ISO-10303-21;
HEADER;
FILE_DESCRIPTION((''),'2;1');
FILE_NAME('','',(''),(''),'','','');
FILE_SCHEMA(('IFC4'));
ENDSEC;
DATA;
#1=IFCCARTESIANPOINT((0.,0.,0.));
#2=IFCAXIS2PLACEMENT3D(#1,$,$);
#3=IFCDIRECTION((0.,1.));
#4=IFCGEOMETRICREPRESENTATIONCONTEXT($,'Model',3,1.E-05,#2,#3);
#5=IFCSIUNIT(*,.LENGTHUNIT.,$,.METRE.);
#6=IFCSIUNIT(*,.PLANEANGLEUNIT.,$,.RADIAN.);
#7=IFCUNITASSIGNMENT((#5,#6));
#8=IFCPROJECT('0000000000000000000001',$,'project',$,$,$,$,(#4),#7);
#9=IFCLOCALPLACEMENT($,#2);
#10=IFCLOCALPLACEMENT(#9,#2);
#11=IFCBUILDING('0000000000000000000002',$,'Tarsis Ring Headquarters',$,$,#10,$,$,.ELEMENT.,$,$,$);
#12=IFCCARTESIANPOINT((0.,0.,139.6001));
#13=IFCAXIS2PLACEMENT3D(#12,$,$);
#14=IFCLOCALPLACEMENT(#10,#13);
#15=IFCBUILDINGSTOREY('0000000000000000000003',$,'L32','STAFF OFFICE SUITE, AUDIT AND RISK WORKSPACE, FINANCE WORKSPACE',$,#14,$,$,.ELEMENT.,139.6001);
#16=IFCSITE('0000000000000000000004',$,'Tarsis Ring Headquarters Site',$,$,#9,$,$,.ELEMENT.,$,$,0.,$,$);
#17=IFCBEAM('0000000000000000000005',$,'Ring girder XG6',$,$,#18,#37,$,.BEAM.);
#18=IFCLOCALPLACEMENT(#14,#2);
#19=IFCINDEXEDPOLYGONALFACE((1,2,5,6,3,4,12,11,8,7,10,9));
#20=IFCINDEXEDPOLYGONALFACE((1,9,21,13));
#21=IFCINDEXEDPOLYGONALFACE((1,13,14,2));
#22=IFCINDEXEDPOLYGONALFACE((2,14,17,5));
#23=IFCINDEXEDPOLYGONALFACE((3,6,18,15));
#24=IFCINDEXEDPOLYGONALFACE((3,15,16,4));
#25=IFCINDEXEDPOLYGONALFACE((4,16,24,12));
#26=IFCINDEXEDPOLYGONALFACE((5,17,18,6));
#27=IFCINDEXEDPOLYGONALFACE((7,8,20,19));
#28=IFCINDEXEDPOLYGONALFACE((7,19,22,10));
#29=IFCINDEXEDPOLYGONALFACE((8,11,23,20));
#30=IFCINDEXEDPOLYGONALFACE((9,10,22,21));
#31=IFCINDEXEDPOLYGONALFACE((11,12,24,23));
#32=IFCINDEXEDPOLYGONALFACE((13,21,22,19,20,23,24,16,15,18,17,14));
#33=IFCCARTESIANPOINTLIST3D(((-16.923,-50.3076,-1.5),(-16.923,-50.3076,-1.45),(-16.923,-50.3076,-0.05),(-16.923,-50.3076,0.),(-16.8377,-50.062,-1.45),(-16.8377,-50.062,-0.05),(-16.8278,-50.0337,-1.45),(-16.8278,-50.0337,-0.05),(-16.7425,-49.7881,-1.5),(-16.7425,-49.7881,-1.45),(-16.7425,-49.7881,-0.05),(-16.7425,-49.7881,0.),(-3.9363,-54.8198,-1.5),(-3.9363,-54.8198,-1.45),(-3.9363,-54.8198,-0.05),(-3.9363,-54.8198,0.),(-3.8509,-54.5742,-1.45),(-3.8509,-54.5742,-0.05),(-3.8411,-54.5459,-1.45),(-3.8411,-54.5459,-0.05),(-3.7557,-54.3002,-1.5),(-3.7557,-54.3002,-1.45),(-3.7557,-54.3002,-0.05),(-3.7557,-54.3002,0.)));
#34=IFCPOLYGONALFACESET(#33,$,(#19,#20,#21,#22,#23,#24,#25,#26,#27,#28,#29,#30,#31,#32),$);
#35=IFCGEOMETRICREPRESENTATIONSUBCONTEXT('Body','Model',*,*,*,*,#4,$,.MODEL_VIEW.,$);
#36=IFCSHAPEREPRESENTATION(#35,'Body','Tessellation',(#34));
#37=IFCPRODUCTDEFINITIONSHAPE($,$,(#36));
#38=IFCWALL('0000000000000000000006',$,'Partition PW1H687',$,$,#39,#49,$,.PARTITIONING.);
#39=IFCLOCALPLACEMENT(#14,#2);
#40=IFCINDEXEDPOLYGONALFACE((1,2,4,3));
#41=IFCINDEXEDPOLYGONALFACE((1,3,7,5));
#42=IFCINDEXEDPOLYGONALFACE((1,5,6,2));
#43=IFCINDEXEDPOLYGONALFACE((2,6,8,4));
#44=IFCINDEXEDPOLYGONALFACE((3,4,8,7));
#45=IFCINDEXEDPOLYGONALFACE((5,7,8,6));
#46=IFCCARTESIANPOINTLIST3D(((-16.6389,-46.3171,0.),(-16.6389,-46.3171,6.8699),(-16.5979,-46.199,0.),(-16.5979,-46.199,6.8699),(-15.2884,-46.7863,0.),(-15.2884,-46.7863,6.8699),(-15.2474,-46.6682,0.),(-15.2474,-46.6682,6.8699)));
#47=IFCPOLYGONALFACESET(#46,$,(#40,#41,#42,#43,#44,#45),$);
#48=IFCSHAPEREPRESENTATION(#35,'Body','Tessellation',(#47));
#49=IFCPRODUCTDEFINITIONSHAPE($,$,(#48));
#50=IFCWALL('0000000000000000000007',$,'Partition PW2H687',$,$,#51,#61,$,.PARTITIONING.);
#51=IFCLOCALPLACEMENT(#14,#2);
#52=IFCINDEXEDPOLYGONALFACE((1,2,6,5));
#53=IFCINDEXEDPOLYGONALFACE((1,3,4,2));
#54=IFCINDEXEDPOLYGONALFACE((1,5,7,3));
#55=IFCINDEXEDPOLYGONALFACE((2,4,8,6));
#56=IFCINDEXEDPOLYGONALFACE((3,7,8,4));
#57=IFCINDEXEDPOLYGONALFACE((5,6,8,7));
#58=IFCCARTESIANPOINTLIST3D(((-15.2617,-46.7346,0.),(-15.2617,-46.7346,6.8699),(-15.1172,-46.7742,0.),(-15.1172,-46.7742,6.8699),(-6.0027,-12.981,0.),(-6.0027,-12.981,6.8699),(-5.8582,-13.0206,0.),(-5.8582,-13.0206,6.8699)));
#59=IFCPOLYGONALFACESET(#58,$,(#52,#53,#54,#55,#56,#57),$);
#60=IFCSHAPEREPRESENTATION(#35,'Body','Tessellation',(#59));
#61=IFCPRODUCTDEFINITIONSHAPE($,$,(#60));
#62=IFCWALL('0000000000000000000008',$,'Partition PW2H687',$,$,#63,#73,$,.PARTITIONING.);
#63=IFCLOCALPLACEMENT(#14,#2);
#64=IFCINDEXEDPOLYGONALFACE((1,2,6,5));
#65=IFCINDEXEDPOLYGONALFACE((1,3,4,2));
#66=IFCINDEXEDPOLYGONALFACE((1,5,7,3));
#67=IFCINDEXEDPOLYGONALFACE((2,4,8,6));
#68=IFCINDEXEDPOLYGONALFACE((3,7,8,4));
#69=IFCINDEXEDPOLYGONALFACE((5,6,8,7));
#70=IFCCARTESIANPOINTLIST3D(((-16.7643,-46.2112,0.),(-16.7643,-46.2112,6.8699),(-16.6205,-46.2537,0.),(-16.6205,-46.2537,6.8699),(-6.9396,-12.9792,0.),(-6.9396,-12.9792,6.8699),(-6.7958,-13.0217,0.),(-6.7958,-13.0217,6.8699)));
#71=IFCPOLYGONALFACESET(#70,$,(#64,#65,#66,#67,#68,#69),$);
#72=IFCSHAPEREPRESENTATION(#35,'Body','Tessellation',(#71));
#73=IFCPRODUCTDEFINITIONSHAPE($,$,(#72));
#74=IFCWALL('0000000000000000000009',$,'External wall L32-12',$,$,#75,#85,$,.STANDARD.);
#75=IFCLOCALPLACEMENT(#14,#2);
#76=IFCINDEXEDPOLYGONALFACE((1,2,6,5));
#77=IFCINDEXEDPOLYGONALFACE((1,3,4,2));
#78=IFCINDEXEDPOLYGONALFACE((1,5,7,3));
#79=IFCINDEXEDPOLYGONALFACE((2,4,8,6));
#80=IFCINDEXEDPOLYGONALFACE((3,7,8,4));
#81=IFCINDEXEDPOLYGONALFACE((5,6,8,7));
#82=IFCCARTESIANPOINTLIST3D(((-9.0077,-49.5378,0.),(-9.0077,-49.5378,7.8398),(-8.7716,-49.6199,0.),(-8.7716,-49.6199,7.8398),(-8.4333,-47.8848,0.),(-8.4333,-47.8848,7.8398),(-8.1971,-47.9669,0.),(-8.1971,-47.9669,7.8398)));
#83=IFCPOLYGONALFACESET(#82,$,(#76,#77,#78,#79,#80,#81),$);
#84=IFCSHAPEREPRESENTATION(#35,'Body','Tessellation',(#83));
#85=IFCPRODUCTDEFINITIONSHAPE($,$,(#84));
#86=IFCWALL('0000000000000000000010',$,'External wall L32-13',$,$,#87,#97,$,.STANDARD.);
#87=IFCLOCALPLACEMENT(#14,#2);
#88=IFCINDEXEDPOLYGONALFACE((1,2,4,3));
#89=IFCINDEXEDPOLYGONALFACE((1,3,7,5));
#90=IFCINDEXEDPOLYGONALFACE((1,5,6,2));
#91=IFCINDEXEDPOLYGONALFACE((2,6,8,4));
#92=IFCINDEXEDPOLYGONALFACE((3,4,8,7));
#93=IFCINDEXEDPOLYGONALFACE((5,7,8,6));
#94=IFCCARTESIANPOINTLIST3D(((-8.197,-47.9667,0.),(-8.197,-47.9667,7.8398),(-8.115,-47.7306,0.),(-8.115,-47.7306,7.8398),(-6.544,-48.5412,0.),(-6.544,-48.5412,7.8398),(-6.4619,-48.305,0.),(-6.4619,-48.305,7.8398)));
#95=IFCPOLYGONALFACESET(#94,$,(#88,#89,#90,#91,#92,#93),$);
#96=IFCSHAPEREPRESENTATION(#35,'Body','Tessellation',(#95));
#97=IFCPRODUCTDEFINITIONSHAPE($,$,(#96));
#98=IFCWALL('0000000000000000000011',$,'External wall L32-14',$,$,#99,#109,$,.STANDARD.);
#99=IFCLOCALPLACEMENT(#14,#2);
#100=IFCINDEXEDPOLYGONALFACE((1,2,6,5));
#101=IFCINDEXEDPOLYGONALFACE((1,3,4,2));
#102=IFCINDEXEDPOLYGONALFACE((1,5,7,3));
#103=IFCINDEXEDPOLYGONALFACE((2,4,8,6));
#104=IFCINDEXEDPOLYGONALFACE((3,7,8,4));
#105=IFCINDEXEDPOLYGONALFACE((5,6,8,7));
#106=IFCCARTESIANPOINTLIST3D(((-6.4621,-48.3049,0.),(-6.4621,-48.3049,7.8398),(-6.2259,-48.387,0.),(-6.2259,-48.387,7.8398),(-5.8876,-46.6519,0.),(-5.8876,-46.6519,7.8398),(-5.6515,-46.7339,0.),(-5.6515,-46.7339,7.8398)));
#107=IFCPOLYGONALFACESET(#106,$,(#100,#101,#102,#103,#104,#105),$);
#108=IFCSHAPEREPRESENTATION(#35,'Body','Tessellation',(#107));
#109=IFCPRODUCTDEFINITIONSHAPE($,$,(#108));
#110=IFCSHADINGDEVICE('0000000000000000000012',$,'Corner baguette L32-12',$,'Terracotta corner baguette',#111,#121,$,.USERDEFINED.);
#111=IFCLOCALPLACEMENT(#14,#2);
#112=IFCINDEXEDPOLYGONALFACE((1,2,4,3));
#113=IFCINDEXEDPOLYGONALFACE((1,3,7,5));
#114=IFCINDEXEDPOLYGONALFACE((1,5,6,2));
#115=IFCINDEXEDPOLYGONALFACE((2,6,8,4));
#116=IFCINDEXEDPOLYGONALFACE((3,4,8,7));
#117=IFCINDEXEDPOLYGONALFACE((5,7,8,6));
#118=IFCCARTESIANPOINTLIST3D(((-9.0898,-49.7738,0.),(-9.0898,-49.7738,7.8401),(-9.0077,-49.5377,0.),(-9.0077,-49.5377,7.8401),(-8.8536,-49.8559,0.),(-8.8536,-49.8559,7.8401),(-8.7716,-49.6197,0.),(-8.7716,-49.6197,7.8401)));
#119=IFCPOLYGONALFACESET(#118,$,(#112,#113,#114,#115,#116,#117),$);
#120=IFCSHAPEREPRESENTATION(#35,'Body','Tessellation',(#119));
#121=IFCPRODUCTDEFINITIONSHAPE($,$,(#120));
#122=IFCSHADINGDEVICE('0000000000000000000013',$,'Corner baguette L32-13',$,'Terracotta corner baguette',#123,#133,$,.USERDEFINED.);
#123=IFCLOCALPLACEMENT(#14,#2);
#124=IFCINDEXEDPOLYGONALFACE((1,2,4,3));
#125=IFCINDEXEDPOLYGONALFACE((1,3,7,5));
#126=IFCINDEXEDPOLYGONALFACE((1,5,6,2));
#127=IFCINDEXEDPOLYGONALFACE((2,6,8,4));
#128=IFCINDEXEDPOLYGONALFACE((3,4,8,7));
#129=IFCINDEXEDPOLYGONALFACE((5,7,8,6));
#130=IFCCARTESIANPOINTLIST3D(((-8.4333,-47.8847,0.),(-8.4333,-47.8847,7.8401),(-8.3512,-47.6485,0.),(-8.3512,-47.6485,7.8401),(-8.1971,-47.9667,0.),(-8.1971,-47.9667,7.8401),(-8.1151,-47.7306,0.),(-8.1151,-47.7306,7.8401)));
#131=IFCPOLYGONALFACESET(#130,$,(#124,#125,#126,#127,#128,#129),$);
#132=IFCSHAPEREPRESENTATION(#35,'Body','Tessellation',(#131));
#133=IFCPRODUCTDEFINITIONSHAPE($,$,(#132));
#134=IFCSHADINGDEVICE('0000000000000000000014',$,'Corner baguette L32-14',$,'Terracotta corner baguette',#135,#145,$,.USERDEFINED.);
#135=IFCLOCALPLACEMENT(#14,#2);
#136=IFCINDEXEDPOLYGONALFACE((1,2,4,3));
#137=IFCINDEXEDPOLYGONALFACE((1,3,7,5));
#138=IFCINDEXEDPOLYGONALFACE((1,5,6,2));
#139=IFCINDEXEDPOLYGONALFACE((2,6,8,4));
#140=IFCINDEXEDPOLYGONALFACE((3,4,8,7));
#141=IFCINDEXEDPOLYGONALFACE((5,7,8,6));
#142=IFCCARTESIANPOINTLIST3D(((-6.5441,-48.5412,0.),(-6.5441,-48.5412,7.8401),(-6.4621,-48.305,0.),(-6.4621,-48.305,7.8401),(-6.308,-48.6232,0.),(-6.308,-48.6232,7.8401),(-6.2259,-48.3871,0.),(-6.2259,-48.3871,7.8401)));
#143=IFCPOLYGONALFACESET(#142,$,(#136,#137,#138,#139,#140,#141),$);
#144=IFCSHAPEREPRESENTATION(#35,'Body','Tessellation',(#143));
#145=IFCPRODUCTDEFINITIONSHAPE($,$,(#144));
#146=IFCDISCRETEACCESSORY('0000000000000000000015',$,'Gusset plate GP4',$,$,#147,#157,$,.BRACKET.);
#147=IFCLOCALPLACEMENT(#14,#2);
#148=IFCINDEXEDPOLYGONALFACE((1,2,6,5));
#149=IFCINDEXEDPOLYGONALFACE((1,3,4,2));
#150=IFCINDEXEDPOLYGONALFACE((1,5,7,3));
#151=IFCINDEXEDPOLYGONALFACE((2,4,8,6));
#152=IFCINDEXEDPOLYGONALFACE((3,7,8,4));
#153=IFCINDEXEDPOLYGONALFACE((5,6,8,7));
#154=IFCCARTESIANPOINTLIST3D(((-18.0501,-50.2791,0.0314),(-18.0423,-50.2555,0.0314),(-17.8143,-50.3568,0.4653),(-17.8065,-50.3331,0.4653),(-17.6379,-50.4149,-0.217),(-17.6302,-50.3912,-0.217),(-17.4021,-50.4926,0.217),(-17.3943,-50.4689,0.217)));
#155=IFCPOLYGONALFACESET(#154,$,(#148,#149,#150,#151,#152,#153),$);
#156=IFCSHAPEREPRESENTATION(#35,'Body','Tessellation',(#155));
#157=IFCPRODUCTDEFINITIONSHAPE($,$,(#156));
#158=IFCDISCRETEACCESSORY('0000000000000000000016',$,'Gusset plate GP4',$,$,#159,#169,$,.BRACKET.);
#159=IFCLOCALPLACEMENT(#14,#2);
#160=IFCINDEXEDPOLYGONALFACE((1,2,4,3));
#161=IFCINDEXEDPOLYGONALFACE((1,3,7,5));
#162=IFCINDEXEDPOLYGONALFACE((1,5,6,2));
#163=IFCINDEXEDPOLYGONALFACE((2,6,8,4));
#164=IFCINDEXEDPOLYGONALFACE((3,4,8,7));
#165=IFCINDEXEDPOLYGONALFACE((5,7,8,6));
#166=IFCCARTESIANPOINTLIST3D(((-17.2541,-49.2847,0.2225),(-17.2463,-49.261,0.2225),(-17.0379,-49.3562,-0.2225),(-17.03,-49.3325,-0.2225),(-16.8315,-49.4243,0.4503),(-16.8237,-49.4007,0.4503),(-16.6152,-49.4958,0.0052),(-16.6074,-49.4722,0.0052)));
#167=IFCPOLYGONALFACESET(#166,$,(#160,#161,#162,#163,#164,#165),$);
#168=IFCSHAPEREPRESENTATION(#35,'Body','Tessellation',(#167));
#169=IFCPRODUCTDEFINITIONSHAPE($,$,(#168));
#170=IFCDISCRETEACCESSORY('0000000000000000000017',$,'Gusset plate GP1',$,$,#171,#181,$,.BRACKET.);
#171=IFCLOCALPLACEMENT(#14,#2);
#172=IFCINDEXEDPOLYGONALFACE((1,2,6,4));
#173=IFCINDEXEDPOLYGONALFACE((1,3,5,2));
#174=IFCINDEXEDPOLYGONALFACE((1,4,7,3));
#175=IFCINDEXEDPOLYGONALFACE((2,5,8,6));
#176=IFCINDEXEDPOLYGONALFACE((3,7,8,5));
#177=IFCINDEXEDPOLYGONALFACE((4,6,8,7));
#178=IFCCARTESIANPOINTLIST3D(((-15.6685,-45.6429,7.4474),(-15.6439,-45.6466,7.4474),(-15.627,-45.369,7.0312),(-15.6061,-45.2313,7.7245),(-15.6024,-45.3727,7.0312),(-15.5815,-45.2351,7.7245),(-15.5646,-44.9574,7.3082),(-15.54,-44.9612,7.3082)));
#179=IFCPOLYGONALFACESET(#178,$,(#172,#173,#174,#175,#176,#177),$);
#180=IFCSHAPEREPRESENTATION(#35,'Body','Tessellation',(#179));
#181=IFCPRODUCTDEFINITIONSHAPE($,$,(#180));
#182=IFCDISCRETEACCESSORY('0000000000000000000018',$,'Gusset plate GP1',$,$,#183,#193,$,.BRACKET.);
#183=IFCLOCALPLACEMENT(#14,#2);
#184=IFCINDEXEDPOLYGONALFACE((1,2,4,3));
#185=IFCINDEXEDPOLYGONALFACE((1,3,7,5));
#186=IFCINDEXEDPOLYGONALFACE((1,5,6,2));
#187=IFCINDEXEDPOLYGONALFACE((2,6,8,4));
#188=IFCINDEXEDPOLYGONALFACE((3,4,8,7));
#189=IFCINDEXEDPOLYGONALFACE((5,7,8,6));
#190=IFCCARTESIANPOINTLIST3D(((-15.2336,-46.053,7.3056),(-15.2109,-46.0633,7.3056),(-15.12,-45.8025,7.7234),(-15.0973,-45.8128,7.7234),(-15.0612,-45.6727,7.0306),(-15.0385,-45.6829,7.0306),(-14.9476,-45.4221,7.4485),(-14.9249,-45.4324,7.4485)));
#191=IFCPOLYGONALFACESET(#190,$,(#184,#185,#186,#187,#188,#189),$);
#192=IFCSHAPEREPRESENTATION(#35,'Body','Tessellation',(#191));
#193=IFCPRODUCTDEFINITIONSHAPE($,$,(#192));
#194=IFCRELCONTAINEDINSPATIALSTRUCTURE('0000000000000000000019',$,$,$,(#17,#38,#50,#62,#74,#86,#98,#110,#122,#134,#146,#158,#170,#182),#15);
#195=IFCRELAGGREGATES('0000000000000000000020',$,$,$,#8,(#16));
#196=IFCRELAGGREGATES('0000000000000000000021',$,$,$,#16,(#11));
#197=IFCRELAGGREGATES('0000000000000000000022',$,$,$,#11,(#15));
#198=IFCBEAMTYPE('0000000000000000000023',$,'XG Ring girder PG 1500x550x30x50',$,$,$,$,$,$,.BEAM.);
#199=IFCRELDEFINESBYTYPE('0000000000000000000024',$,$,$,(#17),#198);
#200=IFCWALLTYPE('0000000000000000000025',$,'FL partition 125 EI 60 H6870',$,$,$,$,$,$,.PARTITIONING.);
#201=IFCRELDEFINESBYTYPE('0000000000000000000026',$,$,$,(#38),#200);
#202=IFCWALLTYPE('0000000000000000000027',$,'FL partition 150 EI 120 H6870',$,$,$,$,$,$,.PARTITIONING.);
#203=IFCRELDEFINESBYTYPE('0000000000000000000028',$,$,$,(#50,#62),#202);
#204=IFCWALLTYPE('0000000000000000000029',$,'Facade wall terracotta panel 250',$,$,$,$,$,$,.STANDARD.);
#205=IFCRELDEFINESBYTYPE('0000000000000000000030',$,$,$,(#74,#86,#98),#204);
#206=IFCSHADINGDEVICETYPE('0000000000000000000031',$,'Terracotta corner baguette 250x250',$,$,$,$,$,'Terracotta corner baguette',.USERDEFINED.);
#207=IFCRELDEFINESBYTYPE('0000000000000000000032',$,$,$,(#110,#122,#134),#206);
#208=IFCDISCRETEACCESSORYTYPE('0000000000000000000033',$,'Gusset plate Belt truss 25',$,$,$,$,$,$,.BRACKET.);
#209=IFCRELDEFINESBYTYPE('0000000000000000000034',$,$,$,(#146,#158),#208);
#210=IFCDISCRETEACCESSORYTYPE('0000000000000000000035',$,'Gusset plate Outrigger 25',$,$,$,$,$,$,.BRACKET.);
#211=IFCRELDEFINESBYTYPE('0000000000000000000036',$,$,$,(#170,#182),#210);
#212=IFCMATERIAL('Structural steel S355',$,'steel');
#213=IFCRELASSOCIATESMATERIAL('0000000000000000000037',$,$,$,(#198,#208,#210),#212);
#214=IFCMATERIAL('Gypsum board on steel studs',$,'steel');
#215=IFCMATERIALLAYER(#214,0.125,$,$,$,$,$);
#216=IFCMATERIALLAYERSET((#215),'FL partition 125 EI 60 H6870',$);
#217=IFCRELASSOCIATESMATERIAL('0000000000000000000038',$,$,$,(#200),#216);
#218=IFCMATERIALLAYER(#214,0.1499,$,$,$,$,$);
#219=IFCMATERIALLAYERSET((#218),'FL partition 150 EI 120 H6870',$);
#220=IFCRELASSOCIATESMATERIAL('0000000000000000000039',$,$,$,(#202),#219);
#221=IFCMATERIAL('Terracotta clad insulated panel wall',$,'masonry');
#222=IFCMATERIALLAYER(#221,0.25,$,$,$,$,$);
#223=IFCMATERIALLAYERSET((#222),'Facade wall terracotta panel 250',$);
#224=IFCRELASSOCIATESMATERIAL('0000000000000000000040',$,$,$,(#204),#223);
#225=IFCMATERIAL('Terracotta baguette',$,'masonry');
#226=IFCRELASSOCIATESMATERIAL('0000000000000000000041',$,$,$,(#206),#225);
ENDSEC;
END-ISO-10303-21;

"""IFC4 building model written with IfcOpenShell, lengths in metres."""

from ifc_helpers import new_model, si_unit, direction, frame, frame_2d, origin, origin_2d, place, context, subcontext, project, spatial, rectangle, i_section, extrude, material, layer, layer_set, material_profile, profile_set, type_object, element, save


model = new_model("IFC4")

# Units and contexts
model_context = context("Model", 3, precision=1e-05, world=origin(), true_north=direction((0.0, 1.0)))
body_context = subcontext(model_context, "Body", "Model", "MODEL_VIEW")
ifc_project = project(units=[si_unit("LENGTHUNIT", "METRE"), si_unit("PLANEANGLEUNIT", "RADIAN")], contexts=[model_context])

# Site, building, storey
site_placement = place(None, origin())
site = spatial("IfcSite", under=ifc_project, at=site_placement, Name="Tarsis Ring Headquarters Site", CompositionType="ELEMENT", RefElevation=0.0)
building_placement = place(site_placement, origin())
building = spatial("IfcBuilding", under=site, at=building_placement, Name="Tarsis Ring Headquarters", CompositionType="ELEMENT")
storey_placement = place(building_placement, frame((0.0, 0.0, 139.6001)))
storey = spatial("IfcBuildingStorey", under=building, at=storey_placement, Name="L32", Description="STAFF OFFICE SUITE, AUDIT AND RISK WORKSPACE, FINANCE WORKSPACE", CompositionType="ELEMENT", Elevation=139.6001)

# Shared definitions
ifc_material_1 = material(Name="Structural steel S355", Category="steel")

# Beam
ifc_material_profile_1 = material_profile(ifc_material_1, i_section(OverallWidth=0.55, OverallDepth=1.5, WebThickness=0.03, FlangeThickness=0.05, at=origin_2d()), Name="PG 1500x550x30x50")
ifc_profile_set_1 = profile_set([ifc_material_profile_1], Name="Structural steel S355")
beam_type = type_object("IfcBeamType", Name="XG Ring girder PG 1500x550x30x50", PredefinedType="BEAM", material=ifc_profile_set_1)
beam_1_placement = place(storey_placement, frame((-16.8328, -50.0479, -0.75), z_axis=(0.944608, -0.3282, 0.0), x_axis=(0.3282, 0.944608, 0.0)))
element("IfcBeam", 1, at=beam_1_placement, inside=storey, type_object=beam_type, Name="Ring girder XG6", PredefinedType="BEAM", context=body_context, shape_type="SweptSolid", body=[
    extrude(i_section(OverallWidth=0.55, OverallDepth=1.5, WebThickness=0.03, FlangeThickness=0.05, at=origin_2d()), origin(), (0.0, 0.0, 1.0), 13.7483),
])

# Walls
ifc_material_2 = material(Name="Gypsum board on steel studs", Category="steel")
ifc_layer_1 = layer(ifc_material_2, 0.125)
ifc_layer_set_1 = layer_set([ifc_layer_1], Name="FL partition 125 EI 60 H6870")
wall_type_1 = type_object("IfcWallType", Name="FL partition 125 EI 60 H6870", PredefinedType="PARTITIONING", material=ifc_layer_set_1)
wall_1_placement = place(storey_placement, frame((-16.6184, -46.2581, 0.0), z_axis=(0.0, 0.0, 1.0), x_axis=(0.944612, -0.328189, 0.0)))
element("IfcWall", 2, at=wall_1_placement, inside=storey, type_object=wall_type_1, Name="Partition PW1H687", PredefinedType="PARTITIONING", context=body_context, shape_type="SweptSolid", body=[
    extrude(rectangle(XDim=1.4297, YDim=0.125, at=frame_2d((0.7148, 0.0))), origin(), (0.0, 0.0, 1.0), 6.8699),
])
ifc_layer_2 = layer(ifc_material_2, 0.1499)
ifc_layer_set_2 = layer_set([ifc_layer_2], Name="FL partition 150 EI 120 H6870")
wall_type_2 = type_object("IfcWallType", Name="FL partition 150 EI 120 H6870", PredefinedType="PARTITIONING", material=ifc_layer_set_2)
wall_2_placement = place(storey_placement, frame((-15.1895, -46.7544, 0.0), z_axis=(0.0, 0.0, 1.0), x_axis=(0.26454, 0.964375, 0.0)))
element("IfcWall", 3, at=wall_2_placement, inside=storey, type_object=wall_type_2, Name="Partition PW2H687", PredefinedType="PARTITIONING", context=body_context, shape_type="SweptSolid", body=[
    extrude(rectangle(XDim=35.0005, YDim=0.1499, at=frame_2d((17.5002, 0.0))), origin(), (0.0, 0.0, 1.0), 6.8699),
])
wall_3_placement = place(storey_placement, frame((-16.6924, -46.2324, 0.0), z_axis=(0.0, 0.0, 1.0), x_axis=(0.28351, 0.958969, 0.0)))
element("IfcWall", 4, at=wall_3_placement, inside=storey, type_object=wall_type_2, Name="Partition PW2H687", PredefinedType="PARTITIONING", context=body_context, shape_type="SweptSolid", body=[
    extrude(rectangle(XDim=34.6538, YDim=0.1499, at=frame_2d((17.3269, 0.0))), origin(), (0.0, 0.0, 1.0), 6.8699),
])
ifc_material_3 = material(Name="Terracotta clad insulated panel wall", Category="masonry")
ifc_layer_3 = layer(ifc_material_3, 0.25)
ifc_layer_set_3 = layer_set([ifc_layer_3], Name="Facade wall terracotta panel 250")
wall_type_3 = type_object("IfcWallType", Name="Facade wall terracotta panel 250", PredefinedType="STANDARD", material=ifc_layer_set_3)
for number, where, z_axis, x_axis, name in (
    (5, (-8.8896, -49.5789, 0.0), (0.0, 0.0, 1.0), (0.328255, 0.944589, 0.0), "External wall L32-12"),
    (6, (-8.156, -47.8486, 0.0), (0.0, 0.0, 1.0), (0.944589, -0.328255, 0.0), "External wall L32-13"),
    (7, (-6.344, -48.3459, 0.0), (0.0, 0.0, 1.0), (0.328255, 0.944589, 0.0), "External wall L32-14"),
):
    element("IfcWall", number, at=place(storey_placement, frame(where, z_axis=z_axis, x_axis=x_axis)), inside=storey, type_object=wall_type_3, Name=name, PredefinedType="STANDARD", context=body_context, shape_type="SweptSolid", body=[
        extrude(rectangle(XDim=1.75, YDim=0.25, at=frame_2d((0.875, 0.0))), origin(), (0.0, 0.0, 1.0), 7.8398),
    ])

# Shading devices
ifc_material_4 = material(Name="Terracotta baguette", Category="masonry")
shading_device_type_1 = type_object("IfcShadingDeviceType", Name="Terracotta corner baguette 250x250", ElementType="Terracotta corner baguette", PredefinedType="USERDEFINED", material=ifc_material_4)
for number, where, z_axis, x_axis, name in (
    (8, (-8.9307, -49.6968, 0.0), (0.0, 0.0, 1.0), (0.944606, -0.328207, 0.0), "Corner baguette L32-12"),
    (9, (-8.2742, -47.8076, 0.0), (0.0, 0.0, 1.0), (0.328208, 0.944606, 0.0), "Corner baguette L32-13"),
    (10, (-6.385, -48.4641, 0.0), (0.0, 0.0, 1.0), (0.944606, -0.328207, 0.0), "Corner baguette L32-14"),
):
    element("IfcShadingDevice", number, at=place(storey_placement, frame(where, z_axis=z_axis, x_axis=x_axis)), inside=storey, type_object=shading_device_type_1, Name=name, ObjectType="Terracotta corner baguette", PredefinedType="USERDEFINED", context=body_context, shape_type="SweptSolid", body=[
        extrude(rectangle(XDim=0.25, YDim=0.25, at=origin_2d()), origin(), (0.0, 0.0, 1.0), 7.8401),
    ])

# Discrete accessories
ifc_material_profile_2 = material_profile(ifc_material_1, rectangle(XDim=0.0249, YDim=0.5, at=origin_2d()), Name="PL 25x500")
ifc_profile_set_2 = profile_set([ifc_material_profile_2], Name="Structural steel S355")
discrete_accessory_type_1 = type_object("IfcDiscreteAccessoryType", Name="Gusset plate Belt truss 25", PredefinedType="BRACKET", material=ifc_profile_set_2)
for number, where, z_axis, x_axis, name in (
    (11, (-17.5161, -50.4419, 0.0), (-0.82437, 0.271534, 0.496673), (-0.31285, -0.949803, 0.0), "Gusset plate GP4"),
    (12, (-17.1421, -49.3086, 0.0), (0.845242, -0.279306, 0.455581), (0.313758, 0.949503, 0.0), "Gusset plate GP4"),
):
    element("IfcDiscreteAccessory", number, at=place(storey_placement, frame(where, z_axis=z_axis, x_axis=x_axis)), inside=storey, type_object=discrete_accessory_type_1, Name=name, PredefinedType="BRACKET", context=body_context, shape_type="SweptSolid", body=[
        extrude(rectangle(XDim=0.0249, YDim=0.5, at=origin_2d()), origin(), (0.0, 0.0, 1.0), 0.5),
    ])
discrete_accessory_type_2 = type_object("IfcDiscreteAccessoryType", Name="Gusset plate Outrigger 25", PredefinedType="BRACKET", material=ifc_profile_set_2)
discrete_accessory_1_placement = place(storey_placement, frame((-15.625, -45.439, 7.5859), z_axis=(0.083003, 0.547819, -0.832469), x_axis=(-0.988716, 0.149805, 0.0)))
element("IfcDiscreteAccessory", 13, at=discrete_accessory_1_placement, inside=storey, type_object=discrete_accessory_type_2, Name="Gusset plate GP1", PredefinedType="BRACKET", context=body_context, shape_type="SweptSolid", body=[
    extrude(rectangle(XDim=0.0249, YDim=0.5, at=origin_2d()), origin(), (0.0, 0.0, 1.0), 0.5),
])
discrete_accessory_2_placement = place(storey_placement, frame((-15.0225, -45.6174, 7.5859), z_axis=(-0.226993, -0.50085, -0.835238), x_axis=(0.910822, -0.412799, 0.0)))
element("IfcDiscreteAccessory", 14, at=discrete_accessory_2_placement, inside=storey, type_object=discrete_accessory_type_2, Name="Gusset plate GP1", PredefinedType="BRACKET", context=body_context, shape_type="SweptSolid", body=[
    extrude(rectangle(XDim=0.0249, YDim=0.5, at=origin_2d()), origin(), (0.0, 0.0, 1.0), 0.5002),
])

save(model, "model.ifc")
